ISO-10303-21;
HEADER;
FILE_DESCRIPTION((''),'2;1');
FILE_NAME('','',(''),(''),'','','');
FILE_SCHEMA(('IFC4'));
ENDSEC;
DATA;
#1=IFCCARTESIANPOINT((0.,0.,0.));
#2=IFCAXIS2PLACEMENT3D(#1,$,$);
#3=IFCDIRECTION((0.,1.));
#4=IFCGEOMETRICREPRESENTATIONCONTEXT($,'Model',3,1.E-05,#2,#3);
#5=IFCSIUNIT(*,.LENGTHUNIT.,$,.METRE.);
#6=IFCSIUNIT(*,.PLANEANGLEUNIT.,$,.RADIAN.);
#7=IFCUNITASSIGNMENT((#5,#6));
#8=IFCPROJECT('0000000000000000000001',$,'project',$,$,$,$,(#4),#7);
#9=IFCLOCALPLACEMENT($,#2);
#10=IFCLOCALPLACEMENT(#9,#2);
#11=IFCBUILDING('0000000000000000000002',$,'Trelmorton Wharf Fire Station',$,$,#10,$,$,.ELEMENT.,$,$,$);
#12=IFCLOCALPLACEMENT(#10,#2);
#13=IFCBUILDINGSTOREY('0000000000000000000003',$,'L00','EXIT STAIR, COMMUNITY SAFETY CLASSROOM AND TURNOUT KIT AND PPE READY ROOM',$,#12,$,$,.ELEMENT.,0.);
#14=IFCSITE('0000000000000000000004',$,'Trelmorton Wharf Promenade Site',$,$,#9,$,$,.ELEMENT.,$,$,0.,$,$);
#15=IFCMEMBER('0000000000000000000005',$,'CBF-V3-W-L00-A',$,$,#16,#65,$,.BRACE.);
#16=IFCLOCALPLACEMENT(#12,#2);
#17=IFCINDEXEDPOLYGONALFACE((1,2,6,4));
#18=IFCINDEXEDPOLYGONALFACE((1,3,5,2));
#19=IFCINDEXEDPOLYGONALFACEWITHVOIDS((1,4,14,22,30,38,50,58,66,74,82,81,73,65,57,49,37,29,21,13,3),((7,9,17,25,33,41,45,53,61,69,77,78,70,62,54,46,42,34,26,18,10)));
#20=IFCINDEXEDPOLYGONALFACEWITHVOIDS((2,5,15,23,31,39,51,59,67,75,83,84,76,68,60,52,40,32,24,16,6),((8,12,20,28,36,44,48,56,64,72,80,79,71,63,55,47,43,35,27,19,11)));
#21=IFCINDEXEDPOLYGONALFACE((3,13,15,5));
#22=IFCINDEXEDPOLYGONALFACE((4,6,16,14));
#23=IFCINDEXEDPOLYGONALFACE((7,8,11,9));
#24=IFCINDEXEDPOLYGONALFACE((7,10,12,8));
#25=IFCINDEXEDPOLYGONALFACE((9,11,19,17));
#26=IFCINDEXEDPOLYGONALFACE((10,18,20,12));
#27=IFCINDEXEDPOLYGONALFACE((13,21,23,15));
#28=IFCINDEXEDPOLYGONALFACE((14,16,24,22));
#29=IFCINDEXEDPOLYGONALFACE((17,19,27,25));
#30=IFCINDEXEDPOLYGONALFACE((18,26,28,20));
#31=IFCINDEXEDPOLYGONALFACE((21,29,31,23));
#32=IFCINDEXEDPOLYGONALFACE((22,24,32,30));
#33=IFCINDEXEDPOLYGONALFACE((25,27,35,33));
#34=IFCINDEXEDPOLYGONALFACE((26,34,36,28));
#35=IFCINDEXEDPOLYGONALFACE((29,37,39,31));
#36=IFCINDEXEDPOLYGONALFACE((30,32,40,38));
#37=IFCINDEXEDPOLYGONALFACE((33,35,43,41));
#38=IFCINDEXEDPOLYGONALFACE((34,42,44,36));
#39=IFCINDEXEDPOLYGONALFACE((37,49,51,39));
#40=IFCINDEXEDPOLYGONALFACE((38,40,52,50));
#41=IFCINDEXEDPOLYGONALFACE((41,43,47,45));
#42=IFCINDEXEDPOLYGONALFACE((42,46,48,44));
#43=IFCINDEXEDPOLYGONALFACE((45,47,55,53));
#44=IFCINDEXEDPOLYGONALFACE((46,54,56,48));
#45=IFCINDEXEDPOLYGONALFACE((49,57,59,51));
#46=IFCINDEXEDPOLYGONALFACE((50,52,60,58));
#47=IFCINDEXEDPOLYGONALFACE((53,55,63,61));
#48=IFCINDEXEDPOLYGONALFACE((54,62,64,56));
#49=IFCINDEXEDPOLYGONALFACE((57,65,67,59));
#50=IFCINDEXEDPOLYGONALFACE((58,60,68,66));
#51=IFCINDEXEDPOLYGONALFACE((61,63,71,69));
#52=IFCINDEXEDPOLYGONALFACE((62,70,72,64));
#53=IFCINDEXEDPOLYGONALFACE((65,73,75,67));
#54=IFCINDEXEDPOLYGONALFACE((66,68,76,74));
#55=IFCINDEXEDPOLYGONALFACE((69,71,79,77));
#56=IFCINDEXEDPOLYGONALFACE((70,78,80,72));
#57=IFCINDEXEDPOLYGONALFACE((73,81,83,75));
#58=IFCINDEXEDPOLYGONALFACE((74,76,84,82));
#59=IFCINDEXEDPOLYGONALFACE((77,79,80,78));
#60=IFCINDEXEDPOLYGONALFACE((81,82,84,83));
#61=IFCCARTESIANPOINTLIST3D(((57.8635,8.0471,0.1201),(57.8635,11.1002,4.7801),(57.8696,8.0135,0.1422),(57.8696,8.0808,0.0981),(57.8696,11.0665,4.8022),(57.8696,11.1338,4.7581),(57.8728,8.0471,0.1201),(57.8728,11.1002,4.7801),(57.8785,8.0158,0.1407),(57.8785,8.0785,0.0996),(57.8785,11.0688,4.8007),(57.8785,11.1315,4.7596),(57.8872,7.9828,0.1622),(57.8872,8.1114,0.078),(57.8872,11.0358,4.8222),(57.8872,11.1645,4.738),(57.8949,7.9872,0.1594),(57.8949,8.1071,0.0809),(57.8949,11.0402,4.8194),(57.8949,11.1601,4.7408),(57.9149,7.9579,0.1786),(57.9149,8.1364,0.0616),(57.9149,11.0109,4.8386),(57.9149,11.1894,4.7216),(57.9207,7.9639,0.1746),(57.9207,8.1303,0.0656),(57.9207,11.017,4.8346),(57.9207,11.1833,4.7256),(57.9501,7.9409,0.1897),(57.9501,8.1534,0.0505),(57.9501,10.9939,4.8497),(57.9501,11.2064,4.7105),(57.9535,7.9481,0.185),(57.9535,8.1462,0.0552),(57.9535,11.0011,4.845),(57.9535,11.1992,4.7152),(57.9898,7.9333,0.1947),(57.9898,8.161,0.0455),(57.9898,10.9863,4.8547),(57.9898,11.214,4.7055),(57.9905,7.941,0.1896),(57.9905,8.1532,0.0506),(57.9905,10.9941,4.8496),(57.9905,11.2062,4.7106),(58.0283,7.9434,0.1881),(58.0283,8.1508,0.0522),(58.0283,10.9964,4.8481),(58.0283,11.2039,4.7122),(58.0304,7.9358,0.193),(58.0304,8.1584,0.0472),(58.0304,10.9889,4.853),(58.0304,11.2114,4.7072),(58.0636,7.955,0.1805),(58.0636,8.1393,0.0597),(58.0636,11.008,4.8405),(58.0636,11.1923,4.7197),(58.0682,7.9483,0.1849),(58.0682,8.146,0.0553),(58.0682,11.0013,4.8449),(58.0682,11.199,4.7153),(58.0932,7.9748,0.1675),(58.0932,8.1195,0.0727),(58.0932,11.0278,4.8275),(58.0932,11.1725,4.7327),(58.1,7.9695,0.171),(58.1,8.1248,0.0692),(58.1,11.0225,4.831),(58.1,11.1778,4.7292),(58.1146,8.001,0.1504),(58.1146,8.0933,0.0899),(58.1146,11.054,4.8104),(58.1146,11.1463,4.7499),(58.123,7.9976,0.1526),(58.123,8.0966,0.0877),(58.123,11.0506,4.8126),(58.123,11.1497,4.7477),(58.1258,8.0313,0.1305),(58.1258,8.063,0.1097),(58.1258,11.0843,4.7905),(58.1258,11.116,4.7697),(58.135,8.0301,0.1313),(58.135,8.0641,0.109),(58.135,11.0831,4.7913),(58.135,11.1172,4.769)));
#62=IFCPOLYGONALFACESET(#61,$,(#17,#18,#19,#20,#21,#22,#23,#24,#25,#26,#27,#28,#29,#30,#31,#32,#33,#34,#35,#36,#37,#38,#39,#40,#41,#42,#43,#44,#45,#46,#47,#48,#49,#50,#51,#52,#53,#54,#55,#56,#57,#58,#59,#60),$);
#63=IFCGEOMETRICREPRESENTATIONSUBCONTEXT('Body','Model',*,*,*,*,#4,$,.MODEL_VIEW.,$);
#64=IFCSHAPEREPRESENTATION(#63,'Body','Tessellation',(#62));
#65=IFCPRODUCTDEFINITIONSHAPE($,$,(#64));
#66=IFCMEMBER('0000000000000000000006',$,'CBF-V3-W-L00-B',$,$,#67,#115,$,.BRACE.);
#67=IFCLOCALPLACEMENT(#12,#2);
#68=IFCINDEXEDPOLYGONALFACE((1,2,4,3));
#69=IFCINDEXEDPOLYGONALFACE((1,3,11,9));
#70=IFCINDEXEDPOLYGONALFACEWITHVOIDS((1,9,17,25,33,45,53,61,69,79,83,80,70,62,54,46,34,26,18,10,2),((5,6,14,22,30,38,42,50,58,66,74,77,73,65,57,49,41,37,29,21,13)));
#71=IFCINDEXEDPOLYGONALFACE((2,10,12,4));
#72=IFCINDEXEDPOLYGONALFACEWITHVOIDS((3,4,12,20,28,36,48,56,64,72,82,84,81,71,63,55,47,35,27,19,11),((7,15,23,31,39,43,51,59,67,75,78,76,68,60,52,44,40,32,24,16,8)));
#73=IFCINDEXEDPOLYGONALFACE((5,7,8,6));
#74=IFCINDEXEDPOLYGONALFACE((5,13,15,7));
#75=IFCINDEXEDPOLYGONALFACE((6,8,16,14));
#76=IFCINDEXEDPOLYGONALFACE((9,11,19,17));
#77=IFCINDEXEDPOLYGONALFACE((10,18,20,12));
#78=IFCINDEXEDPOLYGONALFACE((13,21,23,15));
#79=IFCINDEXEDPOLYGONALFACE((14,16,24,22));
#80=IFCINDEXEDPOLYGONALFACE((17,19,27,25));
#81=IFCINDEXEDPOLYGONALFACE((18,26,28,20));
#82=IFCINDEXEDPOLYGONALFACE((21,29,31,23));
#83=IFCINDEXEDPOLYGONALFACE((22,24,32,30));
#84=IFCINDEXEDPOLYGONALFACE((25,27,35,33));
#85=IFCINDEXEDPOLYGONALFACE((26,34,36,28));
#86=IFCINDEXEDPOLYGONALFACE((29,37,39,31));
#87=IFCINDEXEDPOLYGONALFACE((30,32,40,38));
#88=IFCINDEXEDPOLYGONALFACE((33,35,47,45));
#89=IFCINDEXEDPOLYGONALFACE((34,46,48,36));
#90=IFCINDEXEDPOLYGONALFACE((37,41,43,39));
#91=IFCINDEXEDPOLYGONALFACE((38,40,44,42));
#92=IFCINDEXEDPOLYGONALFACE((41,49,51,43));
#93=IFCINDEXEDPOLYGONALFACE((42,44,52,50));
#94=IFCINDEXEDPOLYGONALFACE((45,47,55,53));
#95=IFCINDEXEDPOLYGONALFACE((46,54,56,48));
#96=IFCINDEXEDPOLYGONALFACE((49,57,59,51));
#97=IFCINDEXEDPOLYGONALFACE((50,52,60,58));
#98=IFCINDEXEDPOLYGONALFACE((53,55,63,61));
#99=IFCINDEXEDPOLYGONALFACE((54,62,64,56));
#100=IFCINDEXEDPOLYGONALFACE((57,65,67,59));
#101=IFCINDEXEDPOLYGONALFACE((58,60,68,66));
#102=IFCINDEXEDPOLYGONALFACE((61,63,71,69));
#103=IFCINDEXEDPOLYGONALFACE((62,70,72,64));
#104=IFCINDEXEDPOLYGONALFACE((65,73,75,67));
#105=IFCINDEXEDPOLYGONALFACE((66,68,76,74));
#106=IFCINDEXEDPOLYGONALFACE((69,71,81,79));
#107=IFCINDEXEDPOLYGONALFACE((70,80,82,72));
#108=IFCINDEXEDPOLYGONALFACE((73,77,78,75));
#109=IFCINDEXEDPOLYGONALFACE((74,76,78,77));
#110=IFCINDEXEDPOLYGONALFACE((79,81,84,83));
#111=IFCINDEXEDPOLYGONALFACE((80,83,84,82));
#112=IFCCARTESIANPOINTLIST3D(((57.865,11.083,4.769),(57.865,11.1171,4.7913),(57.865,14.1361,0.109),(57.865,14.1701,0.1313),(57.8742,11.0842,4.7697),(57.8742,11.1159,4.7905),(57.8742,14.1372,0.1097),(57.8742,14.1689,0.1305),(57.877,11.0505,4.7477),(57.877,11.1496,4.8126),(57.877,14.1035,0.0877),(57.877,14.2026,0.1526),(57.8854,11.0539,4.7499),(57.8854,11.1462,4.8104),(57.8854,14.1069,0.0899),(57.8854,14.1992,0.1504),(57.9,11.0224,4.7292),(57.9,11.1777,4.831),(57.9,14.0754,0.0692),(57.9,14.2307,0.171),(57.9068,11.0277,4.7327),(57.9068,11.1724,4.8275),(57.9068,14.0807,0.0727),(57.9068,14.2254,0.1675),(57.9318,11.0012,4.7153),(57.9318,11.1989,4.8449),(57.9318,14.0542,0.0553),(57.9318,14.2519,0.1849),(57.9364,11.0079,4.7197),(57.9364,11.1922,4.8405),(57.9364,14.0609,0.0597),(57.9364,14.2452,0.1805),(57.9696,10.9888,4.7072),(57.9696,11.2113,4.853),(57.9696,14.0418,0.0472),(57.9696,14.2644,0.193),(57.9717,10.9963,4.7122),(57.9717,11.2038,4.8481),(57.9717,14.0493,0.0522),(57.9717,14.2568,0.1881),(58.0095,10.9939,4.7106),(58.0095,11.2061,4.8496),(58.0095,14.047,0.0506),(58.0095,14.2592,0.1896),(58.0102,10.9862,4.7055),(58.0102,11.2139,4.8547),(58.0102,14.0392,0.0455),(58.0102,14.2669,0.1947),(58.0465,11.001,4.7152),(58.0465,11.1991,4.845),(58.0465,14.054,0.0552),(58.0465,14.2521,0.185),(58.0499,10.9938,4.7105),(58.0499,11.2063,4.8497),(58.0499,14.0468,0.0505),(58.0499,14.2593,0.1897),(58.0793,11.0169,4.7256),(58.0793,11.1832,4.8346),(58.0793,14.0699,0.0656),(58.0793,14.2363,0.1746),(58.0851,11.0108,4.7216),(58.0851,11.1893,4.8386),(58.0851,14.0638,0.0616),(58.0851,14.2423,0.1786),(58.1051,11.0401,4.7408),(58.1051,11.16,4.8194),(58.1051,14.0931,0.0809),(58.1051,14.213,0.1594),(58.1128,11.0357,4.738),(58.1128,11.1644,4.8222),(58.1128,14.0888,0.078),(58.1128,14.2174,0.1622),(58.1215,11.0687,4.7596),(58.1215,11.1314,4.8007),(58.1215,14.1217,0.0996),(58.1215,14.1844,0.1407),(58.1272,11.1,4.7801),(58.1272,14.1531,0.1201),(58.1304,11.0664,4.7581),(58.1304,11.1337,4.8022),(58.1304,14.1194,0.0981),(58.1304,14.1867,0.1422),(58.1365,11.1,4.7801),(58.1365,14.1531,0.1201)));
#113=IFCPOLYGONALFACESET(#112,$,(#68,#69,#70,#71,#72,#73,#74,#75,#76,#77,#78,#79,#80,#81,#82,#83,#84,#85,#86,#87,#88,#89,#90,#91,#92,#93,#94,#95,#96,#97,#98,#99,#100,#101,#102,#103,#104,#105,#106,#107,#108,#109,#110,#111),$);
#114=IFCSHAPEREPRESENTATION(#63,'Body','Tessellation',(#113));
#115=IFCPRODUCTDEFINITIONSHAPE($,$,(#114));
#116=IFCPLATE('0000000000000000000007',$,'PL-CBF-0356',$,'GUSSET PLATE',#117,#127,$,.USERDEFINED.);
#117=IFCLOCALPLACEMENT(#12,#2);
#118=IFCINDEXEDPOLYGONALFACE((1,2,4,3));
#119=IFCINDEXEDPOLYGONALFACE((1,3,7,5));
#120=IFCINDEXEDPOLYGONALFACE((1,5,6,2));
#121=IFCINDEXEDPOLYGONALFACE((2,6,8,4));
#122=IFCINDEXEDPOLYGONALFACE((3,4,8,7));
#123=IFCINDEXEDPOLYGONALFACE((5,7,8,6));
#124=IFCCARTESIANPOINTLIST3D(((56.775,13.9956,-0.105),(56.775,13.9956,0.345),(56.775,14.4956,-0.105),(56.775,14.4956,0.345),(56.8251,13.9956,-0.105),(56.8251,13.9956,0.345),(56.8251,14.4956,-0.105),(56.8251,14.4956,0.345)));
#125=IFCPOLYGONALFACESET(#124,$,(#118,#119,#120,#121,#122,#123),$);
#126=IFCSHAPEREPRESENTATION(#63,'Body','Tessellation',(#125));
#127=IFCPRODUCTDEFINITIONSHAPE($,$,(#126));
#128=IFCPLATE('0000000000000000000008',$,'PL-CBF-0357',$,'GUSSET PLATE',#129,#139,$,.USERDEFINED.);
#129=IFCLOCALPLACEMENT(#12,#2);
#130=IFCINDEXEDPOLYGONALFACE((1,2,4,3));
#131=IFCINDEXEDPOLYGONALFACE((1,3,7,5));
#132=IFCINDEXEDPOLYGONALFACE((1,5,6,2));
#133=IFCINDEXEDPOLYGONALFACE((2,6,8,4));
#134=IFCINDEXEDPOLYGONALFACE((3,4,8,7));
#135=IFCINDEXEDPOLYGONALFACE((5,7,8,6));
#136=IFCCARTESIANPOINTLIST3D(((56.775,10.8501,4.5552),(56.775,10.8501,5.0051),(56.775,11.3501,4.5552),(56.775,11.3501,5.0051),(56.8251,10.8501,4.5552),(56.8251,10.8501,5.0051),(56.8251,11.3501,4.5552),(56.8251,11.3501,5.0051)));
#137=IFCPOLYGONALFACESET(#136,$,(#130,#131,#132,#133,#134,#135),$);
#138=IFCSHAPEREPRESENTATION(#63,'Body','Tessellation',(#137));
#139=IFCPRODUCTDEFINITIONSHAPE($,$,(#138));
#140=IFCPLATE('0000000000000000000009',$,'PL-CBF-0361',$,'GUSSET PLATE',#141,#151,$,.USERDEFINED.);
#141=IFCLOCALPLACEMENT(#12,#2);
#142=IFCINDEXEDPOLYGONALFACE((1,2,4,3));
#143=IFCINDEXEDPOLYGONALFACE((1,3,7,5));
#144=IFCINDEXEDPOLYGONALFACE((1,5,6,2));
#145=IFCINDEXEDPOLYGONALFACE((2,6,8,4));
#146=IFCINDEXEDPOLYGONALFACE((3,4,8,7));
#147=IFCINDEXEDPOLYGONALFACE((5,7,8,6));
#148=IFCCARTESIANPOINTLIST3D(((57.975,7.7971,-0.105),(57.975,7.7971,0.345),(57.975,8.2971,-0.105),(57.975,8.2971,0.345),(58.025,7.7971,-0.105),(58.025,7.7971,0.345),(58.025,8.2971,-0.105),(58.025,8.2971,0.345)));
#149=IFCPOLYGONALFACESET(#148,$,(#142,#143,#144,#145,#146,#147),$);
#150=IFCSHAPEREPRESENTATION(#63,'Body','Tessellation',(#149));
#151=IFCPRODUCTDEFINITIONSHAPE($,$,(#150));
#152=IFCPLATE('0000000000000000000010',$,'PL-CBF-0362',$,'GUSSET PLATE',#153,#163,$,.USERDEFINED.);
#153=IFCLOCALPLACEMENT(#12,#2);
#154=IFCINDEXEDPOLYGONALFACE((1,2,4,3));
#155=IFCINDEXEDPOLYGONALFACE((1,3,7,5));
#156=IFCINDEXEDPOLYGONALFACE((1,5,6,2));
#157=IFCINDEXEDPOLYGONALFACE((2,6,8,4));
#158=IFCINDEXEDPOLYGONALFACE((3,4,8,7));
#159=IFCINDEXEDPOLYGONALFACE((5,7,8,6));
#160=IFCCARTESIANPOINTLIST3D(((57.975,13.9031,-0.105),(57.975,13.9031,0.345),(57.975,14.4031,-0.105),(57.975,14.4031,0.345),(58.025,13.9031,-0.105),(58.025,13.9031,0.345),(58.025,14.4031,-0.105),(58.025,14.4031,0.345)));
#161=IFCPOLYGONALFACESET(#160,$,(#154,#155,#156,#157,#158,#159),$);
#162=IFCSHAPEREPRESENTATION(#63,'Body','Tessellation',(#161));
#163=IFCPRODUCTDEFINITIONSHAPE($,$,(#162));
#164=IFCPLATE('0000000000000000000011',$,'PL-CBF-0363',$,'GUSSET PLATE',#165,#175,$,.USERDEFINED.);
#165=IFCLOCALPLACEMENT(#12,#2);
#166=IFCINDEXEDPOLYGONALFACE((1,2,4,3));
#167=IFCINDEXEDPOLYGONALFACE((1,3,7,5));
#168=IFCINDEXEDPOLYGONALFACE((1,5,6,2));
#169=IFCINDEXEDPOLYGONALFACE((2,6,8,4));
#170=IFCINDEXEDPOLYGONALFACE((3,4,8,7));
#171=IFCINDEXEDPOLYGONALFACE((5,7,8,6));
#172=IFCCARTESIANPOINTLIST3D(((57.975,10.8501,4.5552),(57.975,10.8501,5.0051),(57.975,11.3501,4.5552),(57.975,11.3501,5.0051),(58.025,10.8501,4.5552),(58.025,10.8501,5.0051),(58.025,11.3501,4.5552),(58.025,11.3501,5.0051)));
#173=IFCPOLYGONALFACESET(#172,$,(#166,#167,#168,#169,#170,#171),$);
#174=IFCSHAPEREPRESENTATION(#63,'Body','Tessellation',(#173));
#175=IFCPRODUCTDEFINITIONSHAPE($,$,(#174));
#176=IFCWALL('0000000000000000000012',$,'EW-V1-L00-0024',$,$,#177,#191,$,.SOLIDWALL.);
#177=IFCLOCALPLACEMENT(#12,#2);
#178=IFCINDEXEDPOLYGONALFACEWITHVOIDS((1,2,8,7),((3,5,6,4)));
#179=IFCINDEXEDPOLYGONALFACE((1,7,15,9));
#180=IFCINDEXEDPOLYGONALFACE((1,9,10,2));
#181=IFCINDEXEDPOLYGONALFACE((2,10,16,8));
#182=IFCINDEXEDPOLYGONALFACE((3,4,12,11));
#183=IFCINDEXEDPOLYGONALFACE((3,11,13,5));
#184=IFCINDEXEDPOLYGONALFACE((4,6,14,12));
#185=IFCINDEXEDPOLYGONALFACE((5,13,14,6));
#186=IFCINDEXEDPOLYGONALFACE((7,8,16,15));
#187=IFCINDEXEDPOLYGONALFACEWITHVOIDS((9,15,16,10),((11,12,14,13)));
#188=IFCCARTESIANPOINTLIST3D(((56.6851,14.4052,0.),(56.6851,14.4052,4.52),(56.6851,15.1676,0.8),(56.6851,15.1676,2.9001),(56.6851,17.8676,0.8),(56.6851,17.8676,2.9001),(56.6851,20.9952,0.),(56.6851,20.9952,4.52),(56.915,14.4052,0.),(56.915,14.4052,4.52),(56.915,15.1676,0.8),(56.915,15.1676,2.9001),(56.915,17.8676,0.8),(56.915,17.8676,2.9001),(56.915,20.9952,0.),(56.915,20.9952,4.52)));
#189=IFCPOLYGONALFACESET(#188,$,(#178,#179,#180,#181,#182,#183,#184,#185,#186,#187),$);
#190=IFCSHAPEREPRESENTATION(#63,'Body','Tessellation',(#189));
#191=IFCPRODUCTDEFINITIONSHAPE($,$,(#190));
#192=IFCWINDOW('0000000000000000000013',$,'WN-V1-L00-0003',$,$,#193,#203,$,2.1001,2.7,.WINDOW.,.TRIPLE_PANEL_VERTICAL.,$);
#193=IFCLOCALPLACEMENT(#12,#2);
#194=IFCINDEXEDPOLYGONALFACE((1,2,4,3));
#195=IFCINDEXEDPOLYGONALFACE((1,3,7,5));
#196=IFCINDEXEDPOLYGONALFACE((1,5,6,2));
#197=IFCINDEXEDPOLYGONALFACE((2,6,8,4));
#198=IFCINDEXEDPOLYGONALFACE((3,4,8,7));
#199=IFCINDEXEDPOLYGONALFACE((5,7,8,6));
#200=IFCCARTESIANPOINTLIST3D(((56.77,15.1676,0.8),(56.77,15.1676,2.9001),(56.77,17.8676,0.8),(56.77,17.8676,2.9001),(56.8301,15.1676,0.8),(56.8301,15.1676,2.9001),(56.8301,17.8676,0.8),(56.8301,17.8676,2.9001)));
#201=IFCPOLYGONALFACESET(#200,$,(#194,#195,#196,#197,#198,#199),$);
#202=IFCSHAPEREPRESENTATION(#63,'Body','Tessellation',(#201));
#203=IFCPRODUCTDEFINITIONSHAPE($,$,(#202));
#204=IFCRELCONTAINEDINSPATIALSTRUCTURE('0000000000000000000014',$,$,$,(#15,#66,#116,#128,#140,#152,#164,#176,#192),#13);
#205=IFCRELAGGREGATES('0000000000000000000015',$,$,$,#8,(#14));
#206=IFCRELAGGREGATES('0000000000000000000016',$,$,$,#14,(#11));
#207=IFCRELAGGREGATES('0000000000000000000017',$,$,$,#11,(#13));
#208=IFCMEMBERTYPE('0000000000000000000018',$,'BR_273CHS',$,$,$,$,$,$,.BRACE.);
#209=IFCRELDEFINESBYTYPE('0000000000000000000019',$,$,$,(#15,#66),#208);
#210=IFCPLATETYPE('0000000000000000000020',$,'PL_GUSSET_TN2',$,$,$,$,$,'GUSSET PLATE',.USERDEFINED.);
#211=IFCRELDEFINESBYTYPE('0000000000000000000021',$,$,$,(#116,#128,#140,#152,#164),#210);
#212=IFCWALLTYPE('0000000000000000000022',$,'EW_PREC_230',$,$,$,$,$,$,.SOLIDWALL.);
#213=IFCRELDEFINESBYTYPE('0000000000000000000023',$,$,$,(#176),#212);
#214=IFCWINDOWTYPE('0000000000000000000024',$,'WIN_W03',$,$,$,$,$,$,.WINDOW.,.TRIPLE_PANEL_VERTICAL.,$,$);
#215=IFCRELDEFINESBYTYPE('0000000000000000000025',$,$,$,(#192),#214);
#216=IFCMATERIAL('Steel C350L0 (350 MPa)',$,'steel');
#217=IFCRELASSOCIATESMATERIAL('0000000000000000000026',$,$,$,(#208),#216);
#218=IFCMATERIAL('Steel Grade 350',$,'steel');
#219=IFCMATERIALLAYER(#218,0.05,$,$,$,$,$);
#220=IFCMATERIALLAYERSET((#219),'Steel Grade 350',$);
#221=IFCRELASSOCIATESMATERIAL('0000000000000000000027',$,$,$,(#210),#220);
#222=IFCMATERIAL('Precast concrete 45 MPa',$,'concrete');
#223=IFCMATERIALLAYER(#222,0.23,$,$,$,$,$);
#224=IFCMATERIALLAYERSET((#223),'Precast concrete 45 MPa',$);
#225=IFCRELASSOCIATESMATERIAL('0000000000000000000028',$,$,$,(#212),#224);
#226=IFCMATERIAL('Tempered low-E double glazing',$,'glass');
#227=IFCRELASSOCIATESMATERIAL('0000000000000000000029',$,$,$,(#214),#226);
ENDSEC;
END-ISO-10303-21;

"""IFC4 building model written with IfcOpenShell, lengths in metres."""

from ifc_helpers import new_model, si_unit, direction, frame, frame_2d, origin, origin_2d, place, context, subcontext, project, spatial, rectangle, hollow_circle, extrude, material, layer, layer_set, material_profile, profile_set, type_object, element, fill, save


model = new_model("IFC4")

# Units and contexts
model_context = context("Model", 3, precision=1e-05, world=origin(), true_north=direction((0.0, 1.0)))
body_context = subcontext(model_context, "Body", "Model", "MODEL_VIEW")
ifc_project = project(units=[si_unit("LENGTHUNIT", "METRE"), si_unit("PLANEANGLEUNIT", "RADIAN")], contexts=[model_context])

# Site, building, storey
site_placement = place(None, origin())
site = spatial("IfcSite", under=ifc_project, at=site_placement, Name="Trelmorton Wharf Promenade Site", CompositionType="ELEMENT", RefElevation=0.0)
building_placement = place(site_placement, origin())
building = spatial("IfcBuilding", under=site, at=building_placement, Name="Trelmorton Wharf Fire Station", CompositionType="ELEMENT")
storey_placement = place(building_placement, origin())
storey = spatial("IfcBuildingStorey", under=building, at=storey_placement, Name="L00", Description="EXIT STAIR, COMMUNITY SAFETY CLASSROOM AND TURNOUT KIT AND PPE READY ROOM", CompositionType="ELEMENT", Elevation=0.0)

# Shared definitions
ifc_material_1 = material(Name="Steel Grade 350", Category="steel")

# Members
ifc_material_2 = material(Name="Steel C350L0 (350 MPa)", Category="steel")
ifc_material_profile_1 = material_profile(ifc_material_2, hollow_circle(Radius=0.1365, WallThickness=0.0093, at=origin_2d()), Name="273.1x9.3CHS")
ifc_profile_set_1 = profile_set([ifc_material_profile_1], Name="Steel C350L0 (350 MPa)")
member_type = type_object("IfcMemberType", Name="BR_273CHS", PredefinedType="BRACE", material=ifc_profile_set_1)
for number, where, z_axis, x_axis, name in (
    (1, (58.0, 8.0471, 0.1201), (0.0, 0.548018, 0.836467), (-1.0, 0.0, 0.0), "CBF-V3-W-L00-A"),
    (2, (58.0, 14.1531, 0.1201), (0.0, -0.548018, 0.836467), (1.0, 0.0, 0.0), "CBF-V3-W-L00-B"),
):
    element("IfcMember", number, at=place(storey_placement, frame(where, z_axis=z_axis, x_axis=x_axis)), inside=storey, type_object=member_type, Name=name, PredefinedType="BRACE", context=body_context, shape_type="SweptSolid", body=[
        extrude(hollow_circle(Radius=0.1365, WallThickness=0.0093, at=origin_2d()), origin(), (0.0, 0.0, 1.0), 5.571),
    ])

# Plates
ifc_layer_1 = layer(ifc_material_1, 0.05)
ifc_layer_set_1 = layer_set([ifc_layer_1], Name="Steel Grade 350")
plate_type = type_object("IfcPlateType", Name="PL_GUSSET_TN2", ElementType="GUSSET PLATE", PredefinedType="USERDEFINED", material=ifc_layer_set_1)
for number, where, z_axis, x_axis, name in (
    (3, (56.8, 14.2456, -0.105), (0.0, 0.0, 1.0), (1.0, 0.0, 0.0), "PL-CBF-0356"),
    (4, (56.8, 11.1001, 4.5552), (0.0, 0.0, 1.0), (1.0, 0.0, 0.0), "PL-CBF-0357"),
    (5, (58.0, 8.0471, -0.105), (0.0, 0.0, 1.0), (1.0, 0.0, 0.0), "PL-CBF-0361"),
    (6, (58.0, 14.1531, -0.105), (0.0, 0.0, 1.0), (1.0, 0.0, 0.0), "PL-CBF-0362"),
    (7, (58.0, 11.1001, 4.5552), (0.0, 0.0, 1.0), (1.0, 0.0, 0.0), "PL-CBF-0363"),
):
    element("IfcPlate", number, at=place(storey_placement, frame(where, z_axis=z_axis, x_axis=x_axis)), inside=storey, type_object=plate_type, Name=name, ObjectType="GUSSET PLATE", PredefinedType="USERDEFINED", context=body_context, shape_type="SweptSolid", body=[
        extrude(rectangle(XDim=0.05, YDim=0.5, at=origin_2d()), origin(), (0.0, 0.0, 1.0), 0.45),
    ])

# Wall, opening, window
ifc_material_3 = material(Name="Precast concrete 45 MPa", Category="concrete")
ifc_layer_2 = layer(ifc_material_3, 0.23)
ifc_layer_set_2 = layer_set([ifc_layer_2], Name="Precast concrete 45 MPa")
wall_type_1 = type_object("IfcWallType", Name="EW_PREC_230", PredefinedType="SOLIDWALL", material=ifc_layer_set_2)
wall_1_placement = place(storey_placement, frame((56.8, 20.9951, 0.0), z_axis=(0.0, 0.0, 1.0), x_axis=(0.0, -1.0, 0.0)))
wall_1 = element("IfcWall", 8, at=wall_1_placement, inside=storey, type_object=wall_type_1, Name="EW-V1-L00-0024", PredefinedType="SOLIDWALL", context=body_context, shape_type="SweptSolid", body=[
    extrude(rectangle(XDim=6.5901, YDim=0.23, at=frame_2d((3.2949, 0.0))), origin(), (0.0, 0.0, 1.0), 4.52),
])
opening_1_placement = place(wall_1_placement, frame((3.1274, 0.0, 0.8)))
opening_1 = element("IfcOpeningElement", 9, at=opening_1_placement, cuts=wall_1, PredefinedType="OPENING", context=body_context, shape_type="SweptSolid", body=[
    extrude(rectangle(XDim=2.7, YDim=2.1001, at=frame_2d((1.3501, 1.05))), frame((0.0, 0.125, 0.0), z_axis=(0.0, -1.0, 0.0), x_axis=(1.0, 0.0, 0.0)), (0.0, 0.0, 1.0), 0.25),
])
ifc_material_4 = material(Name="Tempered low-E double glazing", Category="glass")
window_type_1 = type_object("IfcWindowType", Name="WIN_W03", PartitioningType="TRIPLE_PANEL_VERTICAL", PredefinedType="WINDOW", material=ifc_material_4)
window_1_placement = place(opening_1_placement, origin())
window_1 = element("IfcWindow", 10, at=window_1_placement, inside=storey, type_object=window_type_1, Name="WN-V1-L00-0003", OverallHeight=2.1001, OverallWidth=2.7, PartitioningType="TRIPLE_PANEL_VERTICAL", PredefinedType="WINDOW", context=body_context, shape_type="SweptSolid", body=[
    extrude(rectangle(XDim=2.7, YDim=2.1001, at=frame_2d((1.3501, 1.05))), frame((0.0, 0.03, 0.0), z_axis=(0.0, -1.0, 0.0), x_axis=(1.0, 0.0, 0.0)), (0.0, 0.0, 1.0), 0.0601),
])
fill(opening_1, window_1)

save(model, "model.ifc")
